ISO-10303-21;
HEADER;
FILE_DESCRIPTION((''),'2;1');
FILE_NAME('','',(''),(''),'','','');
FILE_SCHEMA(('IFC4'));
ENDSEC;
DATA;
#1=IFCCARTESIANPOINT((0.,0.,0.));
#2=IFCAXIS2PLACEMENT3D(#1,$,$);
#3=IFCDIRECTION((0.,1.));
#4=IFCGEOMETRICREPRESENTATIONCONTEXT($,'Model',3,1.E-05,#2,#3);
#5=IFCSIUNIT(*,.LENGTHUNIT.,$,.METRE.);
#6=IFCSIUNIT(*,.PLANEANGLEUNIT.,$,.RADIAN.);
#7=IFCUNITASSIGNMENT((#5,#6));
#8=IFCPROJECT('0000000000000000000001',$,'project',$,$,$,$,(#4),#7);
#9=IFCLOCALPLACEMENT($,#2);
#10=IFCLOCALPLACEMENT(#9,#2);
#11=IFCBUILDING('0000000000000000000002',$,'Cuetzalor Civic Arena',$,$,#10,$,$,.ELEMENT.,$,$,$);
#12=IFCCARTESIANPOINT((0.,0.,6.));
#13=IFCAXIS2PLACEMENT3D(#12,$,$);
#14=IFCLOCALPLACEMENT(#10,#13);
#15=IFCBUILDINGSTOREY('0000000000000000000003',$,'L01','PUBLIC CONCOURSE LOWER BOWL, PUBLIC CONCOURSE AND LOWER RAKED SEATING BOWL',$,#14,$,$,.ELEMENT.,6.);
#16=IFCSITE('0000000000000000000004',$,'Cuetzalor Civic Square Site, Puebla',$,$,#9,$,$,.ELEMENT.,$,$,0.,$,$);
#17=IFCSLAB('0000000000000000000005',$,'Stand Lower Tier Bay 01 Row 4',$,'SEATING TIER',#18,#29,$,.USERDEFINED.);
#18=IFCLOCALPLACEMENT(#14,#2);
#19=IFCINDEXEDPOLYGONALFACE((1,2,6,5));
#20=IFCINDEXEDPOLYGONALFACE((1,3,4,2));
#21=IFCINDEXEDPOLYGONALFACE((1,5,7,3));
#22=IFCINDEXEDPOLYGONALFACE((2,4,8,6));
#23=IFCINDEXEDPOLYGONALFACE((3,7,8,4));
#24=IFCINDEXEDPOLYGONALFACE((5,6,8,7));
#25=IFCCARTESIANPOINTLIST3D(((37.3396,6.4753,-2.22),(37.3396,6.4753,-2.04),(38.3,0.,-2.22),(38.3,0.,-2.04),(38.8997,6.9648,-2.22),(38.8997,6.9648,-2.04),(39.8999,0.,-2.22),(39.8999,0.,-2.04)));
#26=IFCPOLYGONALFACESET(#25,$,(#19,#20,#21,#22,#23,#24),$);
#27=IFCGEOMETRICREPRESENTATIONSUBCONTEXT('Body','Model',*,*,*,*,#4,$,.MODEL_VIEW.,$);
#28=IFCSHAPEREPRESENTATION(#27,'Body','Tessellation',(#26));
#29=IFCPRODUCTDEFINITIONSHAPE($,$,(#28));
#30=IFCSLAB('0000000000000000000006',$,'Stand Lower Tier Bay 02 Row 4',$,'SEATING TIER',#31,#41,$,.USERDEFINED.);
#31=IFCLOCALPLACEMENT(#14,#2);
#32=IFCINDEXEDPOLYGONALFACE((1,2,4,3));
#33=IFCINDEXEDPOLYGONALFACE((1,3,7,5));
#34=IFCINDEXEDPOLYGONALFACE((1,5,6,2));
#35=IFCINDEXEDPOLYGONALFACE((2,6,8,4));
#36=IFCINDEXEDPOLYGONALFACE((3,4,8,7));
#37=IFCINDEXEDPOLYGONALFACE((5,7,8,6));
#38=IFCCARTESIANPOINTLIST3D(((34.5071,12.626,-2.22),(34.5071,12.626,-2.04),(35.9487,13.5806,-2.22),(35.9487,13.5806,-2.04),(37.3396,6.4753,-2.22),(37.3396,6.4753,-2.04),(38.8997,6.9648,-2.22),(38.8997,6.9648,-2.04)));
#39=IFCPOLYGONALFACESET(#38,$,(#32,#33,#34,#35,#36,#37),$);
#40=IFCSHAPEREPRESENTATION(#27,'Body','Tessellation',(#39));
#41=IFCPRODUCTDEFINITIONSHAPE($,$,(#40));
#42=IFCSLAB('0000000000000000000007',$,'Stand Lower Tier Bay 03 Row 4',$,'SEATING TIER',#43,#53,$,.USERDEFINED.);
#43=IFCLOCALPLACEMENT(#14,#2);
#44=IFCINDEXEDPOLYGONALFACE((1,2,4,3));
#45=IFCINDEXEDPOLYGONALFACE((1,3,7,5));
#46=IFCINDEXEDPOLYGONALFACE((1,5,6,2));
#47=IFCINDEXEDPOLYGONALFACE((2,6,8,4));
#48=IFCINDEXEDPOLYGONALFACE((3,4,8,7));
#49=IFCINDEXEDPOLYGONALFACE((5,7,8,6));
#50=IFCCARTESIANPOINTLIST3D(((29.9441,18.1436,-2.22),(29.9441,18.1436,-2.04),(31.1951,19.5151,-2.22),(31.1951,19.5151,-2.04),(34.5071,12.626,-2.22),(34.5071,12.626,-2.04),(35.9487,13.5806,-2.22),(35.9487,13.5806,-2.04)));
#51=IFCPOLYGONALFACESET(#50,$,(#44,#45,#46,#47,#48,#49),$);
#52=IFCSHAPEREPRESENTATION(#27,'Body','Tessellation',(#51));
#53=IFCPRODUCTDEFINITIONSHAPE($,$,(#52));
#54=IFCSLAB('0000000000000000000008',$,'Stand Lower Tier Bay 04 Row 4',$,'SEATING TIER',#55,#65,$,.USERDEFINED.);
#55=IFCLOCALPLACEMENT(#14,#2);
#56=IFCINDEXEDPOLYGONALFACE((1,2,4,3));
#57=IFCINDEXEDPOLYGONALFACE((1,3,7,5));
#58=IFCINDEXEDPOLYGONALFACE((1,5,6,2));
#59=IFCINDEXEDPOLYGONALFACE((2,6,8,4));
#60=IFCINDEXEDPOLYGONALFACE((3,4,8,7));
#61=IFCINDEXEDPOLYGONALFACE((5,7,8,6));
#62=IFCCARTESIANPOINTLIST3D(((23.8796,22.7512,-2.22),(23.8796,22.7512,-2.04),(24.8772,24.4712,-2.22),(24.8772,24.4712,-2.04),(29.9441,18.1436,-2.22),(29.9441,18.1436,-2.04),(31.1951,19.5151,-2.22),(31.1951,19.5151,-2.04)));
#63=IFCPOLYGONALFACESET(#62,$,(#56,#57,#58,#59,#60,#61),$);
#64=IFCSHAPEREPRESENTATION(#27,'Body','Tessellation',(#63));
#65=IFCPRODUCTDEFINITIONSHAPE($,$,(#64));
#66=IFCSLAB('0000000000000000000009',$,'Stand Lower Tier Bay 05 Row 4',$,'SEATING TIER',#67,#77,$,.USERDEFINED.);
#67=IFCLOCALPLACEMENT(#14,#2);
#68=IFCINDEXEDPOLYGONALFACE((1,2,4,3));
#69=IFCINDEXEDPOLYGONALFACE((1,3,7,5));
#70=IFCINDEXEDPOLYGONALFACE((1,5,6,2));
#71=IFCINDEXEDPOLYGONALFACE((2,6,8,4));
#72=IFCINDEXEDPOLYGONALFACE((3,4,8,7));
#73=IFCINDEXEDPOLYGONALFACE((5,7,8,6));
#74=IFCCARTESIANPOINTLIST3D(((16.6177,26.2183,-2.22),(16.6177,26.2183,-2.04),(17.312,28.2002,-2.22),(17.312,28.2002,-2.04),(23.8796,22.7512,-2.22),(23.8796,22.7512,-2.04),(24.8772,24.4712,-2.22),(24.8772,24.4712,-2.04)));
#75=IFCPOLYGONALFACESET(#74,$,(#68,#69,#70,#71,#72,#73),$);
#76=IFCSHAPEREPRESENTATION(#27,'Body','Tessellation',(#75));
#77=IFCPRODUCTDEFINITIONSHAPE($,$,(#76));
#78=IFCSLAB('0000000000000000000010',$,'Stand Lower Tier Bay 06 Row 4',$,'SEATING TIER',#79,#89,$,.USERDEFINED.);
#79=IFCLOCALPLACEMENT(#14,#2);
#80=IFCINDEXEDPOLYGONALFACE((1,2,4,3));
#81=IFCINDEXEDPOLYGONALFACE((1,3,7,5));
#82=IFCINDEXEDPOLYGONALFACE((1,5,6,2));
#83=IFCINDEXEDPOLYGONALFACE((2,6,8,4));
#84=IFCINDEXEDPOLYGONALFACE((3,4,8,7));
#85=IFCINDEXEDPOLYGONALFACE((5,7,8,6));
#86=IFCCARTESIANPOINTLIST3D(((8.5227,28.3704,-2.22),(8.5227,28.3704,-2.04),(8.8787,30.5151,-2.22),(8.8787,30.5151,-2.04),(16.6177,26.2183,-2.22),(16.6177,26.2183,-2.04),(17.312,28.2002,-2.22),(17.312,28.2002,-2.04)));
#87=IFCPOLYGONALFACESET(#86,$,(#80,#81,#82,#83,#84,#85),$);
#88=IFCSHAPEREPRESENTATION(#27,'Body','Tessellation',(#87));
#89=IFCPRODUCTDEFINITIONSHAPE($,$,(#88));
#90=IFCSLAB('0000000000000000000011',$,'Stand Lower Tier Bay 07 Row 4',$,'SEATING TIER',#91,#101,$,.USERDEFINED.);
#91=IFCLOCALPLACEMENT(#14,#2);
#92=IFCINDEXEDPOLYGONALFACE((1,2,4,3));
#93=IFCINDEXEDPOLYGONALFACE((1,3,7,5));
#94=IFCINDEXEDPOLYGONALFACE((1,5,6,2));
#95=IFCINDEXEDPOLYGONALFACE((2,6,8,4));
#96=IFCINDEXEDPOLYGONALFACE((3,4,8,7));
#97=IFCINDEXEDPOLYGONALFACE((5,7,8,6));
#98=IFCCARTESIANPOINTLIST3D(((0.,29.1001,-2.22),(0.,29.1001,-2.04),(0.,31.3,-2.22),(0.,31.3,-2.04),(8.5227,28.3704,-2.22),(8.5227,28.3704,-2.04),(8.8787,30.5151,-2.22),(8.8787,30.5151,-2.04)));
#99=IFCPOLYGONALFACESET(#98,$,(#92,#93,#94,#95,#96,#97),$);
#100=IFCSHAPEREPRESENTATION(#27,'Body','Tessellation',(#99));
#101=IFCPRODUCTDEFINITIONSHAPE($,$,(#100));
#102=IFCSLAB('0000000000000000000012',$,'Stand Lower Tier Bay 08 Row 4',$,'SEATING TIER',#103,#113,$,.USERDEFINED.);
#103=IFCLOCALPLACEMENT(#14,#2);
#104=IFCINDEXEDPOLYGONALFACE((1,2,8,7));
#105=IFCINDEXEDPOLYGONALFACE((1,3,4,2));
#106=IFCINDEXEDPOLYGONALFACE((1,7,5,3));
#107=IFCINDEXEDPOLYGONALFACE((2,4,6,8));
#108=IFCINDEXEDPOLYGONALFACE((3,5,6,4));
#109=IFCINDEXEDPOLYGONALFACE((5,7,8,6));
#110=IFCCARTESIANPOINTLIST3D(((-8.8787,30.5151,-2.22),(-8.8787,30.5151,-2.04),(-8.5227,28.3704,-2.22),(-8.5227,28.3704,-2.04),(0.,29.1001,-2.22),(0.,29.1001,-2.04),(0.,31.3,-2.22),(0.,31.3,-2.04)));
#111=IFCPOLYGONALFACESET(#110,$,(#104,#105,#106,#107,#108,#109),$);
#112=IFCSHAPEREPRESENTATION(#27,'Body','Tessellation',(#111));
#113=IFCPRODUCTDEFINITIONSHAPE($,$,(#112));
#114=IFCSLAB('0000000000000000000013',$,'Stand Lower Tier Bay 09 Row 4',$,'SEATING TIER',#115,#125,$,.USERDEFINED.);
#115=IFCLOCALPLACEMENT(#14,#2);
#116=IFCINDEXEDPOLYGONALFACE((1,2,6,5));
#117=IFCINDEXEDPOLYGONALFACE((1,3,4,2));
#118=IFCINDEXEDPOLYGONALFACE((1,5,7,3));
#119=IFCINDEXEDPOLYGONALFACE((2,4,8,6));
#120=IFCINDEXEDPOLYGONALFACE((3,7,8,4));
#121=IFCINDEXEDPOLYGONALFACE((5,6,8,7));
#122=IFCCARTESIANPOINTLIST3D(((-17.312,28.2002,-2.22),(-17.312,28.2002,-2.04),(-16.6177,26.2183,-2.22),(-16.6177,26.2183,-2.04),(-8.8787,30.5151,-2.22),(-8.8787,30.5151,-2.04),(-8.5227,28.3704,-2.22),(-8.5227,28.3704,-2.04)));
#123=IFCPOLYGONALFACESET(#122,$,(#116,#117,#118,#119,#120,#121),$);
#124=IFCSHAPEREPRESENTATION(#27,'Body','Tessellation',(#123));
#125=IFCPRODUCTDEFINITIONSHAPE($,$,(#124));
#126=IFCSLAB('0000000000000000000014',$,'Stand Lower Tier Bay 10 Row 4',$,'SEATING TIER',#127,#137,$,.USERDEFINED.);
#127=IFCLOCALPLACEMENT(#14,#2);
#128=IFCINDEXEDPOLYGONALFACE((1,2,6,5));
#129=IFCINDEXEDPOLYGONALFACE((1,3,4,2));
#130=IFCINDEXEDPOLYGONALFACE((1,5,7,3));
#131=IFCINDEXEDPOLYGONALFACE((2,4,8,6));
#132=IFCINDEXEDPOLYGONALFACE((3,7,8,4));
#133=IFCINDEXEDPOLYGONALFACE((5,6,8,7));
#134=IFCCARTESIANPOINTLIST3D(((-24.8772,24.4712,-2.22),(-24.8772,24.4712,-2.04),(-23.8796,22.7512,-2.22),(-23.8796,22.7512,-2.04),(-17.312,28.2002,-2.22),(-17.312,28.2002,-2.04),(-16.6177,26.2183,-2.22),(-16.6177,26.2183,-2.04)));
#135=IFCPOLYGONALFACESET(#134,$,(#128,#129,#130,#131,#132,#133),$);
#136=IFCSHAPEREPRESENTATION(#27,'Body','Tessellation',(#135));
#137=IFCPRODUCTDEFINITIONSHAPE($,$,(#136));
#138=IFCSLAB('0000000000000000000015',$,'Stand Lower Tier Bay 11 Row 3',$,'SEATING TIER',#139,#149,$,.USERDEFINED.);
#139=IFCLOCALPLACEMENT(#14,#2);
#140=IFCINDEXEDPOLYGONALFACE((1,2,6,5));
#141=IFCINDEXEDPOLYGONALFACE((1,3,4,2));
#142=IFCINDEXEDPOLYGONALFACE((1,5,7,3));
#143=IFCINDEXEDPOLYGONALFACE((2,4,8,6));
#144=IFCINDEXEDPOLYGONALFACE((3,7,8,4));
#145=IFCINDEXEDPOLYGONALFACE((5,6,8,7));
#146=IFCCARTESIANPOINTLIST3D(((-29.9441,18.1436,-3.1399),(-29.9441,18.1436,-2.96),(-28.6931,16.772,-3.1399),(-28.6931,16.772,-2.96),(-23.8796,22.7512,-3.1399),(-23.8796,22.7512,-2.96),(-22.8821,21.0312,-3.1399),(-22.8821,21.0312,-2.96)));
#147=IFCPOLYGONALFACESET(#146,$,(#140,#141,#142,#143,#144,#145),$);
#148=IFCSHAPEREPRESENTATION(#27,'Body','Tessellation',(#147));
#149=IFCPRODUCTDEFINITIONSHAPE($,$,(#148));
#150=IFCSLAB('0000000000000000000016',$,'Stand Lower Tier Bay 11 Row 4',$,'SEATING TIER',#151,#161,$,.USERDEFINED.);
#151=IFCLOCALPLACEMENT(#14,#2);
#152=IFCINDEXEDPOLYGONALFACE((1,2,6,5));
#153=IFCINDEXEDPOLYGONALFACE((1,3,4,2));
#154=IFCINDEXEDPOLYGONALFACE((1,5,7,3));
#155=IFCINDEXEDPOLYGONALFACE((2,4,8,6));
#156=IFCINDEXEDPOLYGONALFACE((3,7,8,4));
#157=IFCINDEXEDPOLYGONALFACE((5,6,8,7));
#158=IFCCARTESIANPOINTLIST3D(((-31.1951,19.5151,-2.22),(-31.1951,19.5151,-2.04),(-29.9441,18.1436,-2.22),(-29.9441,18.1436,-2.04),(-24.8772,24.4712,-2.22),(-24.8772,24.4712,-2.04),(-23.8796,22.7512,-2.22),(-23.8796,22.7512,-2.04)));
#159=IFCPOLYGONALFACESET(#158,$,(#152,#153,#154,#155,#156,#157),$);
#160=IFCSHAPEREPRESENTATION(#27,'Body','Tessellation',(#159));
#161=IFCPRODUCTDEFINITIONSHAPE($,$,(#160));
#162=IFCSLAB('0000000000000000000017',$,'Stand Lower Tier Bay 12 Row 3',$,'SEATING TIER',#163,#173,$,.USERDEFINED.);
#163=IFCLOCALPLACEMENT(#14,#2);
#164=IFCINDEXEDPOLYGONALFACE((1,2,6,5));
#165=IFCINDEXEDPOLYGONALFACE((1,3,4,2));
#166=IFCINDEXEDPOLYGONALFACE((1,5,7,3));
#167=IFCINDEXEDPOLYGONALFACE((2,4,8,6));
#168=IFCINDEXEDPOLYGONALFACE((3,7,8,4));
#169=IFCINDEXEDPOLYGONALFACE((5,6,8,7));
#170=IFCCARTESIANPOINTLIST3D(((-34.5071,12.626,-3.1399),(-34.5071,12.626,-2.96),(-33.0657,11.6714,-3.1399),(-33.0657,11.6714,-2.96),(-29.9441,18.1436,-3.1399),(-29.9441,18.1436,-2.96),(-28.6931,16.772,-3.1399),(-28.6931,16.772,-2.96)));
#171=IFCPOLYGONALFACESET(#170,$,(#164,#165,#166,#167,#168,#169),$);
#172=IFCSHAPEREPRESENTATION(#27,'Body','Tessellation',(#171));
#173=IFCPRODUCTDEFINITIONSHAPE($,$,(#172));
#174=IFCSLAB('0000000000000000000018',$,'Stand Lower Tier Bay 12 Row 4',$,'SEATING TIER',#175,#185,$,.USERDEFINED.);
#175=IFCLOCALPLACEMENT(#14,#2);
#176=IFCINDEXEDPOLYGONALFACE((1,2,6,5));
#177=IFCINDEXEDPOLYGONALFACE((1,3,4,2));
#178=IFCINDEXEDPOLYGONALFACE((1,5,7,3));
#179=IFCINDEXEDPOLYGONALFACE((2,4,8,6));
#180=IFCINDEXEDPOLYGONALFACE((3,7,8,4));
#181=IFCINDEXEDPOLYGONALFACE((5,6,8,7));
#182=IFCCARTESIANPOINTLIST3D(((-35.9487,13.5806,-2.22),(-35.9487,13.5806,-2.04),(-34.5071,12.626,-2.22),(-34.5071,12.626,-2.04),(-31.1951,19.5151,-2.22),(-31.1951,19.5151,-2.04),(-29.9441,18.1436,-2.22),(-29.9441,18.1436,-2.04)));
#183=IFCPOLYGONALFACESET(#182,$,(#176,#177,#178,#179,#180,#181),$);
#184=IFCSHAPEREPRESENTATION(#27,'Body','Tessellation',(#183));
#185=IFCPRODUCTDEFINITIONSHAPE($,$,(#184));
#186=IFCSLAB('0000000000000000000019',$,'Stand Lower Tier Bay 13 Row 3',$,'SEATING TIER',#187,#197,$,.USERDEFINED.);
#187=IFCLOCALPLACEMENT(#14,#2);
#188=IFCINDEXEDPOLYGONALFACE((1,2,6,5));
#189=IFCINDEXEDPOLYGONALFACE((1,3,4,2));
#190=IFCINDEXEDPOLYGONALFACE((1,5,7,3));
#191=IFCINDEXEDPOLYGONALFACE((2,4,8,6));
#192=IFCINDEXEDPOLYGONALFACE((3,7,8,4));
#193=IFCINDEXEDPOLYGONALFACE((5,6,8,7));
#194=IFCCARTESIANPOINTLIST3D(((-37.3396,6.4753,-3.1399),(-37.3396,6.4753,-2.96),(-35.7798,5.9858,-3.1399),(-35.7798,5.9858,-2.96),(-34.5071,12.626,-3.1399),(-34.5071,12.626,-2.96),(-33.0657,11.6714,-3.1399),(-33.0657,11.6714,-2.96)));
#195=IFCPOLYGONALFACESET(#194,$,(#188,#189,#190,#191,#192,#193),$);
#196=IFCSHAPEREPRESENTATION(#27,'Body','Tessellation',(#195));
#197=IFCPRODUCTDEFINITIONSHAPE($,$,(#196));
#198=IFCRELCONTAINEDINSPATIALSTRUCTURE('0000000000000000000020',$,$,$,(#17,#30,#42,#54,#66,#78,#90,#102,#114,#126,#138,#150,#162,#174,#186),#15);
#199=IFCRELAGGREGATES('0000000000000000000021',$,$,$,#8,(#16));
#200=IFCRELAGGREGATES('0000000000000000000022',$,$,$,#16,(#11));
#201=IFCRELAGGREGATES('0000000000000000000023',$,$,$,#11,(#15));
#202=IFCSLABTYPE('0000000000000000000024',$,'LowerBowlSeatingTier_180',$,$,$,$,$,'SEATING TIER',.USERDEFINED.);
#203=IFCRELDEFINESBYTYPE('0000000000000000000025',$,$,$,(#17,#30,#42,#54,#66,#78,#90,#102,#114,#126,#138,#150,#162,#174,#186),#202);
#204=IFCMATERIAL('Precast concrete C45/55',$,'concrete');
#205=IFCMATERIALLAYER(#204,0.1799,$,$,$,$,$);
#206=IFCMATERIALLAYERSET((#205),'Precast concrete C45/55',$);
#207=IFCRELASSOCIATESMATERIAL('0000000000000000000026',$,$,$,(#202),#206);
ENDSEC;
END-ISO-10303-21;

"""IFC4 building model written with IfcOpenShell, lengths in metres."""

from ifc_helpers import new_model, si_unit, direction, frame, origin, place, context, subcontext, project, spatial, polyline, outline, extrude, material, layer, layer_set, type_object, element, save


model = new_model("IFC4")

# Units and contexts
model_context = context("Model", 3, precision=1e-05, world=origin(), true_north=direction((0.0, 1.0)))
body_context = subcontext(model_context, "Body", "Model", "MODEL_VIEW")
ifc_project = project(units=[si_unit("LENGTHUNIT", "METRE"), si_unit("PLANEANGLEUNIT", "RADIAN")], contexts=[model_context])

# Site, building, storey
site_placement = place(None, origin())
site = spatial("IfcSite", under=ifc_project, at=site_placement, Name="Cuetzalor Civic Square Site, Puebla", CompositionType="ELEMENT", RefElevation=0.0)
building_placement = place(site_placement, origin())
building = spatial("IfcBuilding", under=site, at=building_placement, Name="Cuetzalor Civic Arena", CompositionType="ELEMENT")
storey_placement = place(building_placement, frame((0.0, 0.0, 6.0)))
storey = spatial("IfcBuildingStorey", under=building, at=storey_placement, Name="L01", Description="PUBLIC CONCOURSE LOWER BOWL, PUBLIC CONCOURSE AND LOWER RAKED SEATING BOWL", CompositionType="ELEMENT", Elevation=6.0)

# Slabs
ifc_material = material(Name="Precast concrete C45/55", Category="concrete")
ifc_layer = layer(ifc_material, 0.1799)
ifc_layer_set = layer_set([ifc_layer], Name="Precast concrete C45/55")
slab_type = type_object("IfcSlabType", Name="LowerBowlSeatingTier_180", ElementType="SEATING TIER", PredefinedType="USERDEFINED", material=ifc_layer_set)
slab_1_placement = place(storey_placement, frame((0.0, 0.0, -2.22)))
element("IfcSlab", 1, at=slab_1_placement, inside=storey, type_object=slab_type, Name="Stand Lower Tier Bay 01 Row 4", ObjectType="SEATING TIER", PredefinedType="USERDEFINED", context=body_context, shape_type="SweptSolid", body=[
    extrude(outline(polyline([(38.3, 0.0), (37.3396, 6.4753), (38.8997, 6.9648), (39.8999, 0.0), (38.3, 0.0)])), origin(), (0.0, 0.0, 1.0), 0.1799),
])
slab_2_placement = place(storey_placement, frame((0.0, 0.0, -2.22)))
element("IfcSlab", 2, at=slab_2_placement, inside=storey, type_object=slab_type, Name="Stand Lower Tier Bay 02 Row 4", ObjectType="SEATING TIER", PredefinedType="USERDEFINED", context=body_context, shape_type="SweptSolid", body=[
    extrude(outline(polyline([(37.3396, 6.4753), (34.5071, 12.626), (35.9487, 13.5806), (38.8997, 6.9648), (37.3396, 6.4753)])), origin(), (0.0, 0.0, 1.0), 0.1799),
])
slab_3_placement = place(storey_placement, frame((0.0, 0.0, -2.22)))
element("IfcSlab", 3, at=slab_3_placement, inside=storey, type_object=slab_type, Name="Stand Lower Tier Bay 03 Row 4", ObjectType="SEATING TIER", PredefinedType="USERDEFINED", context=body_context, shape_type="SweptSolid", body=[
    extrude(outline(polyline([(34.5071, 12.626), (29.9441, 18.1436), (31.1951, 19.5151), (35.9487, 13.5806), (34.5071, 12.626)])), origin(), (0.0, 0.0, 1.0), 0.1799),
])
slab_4_placement = place(storey_placement, frame((0.0, 0.0, -2.22)))
element("IfcSlab", 4, at=slab_4_placement, inside=storey, type_object=slab_type, Name="Stand Lower Tier Bay 04 Row 4", ObjectType="SEATING TIER", PredefinedType="USERDEFINED", context=body_context, shape_type="SweptSolid", body=[
    extrude(outline(polyline([(29.9441, 18.1436), (23.8796, 22.7512), (24.8772, 24.4712), (31.1951, 19.5151), (29.9441, 18.1436)])), origin(), (0.0, 0.0, 1.0), 0.1799),
])
slab_5_placement = place(storey_placement, frame((0.0, 0.0, -2.22)))
element("IfcSlab", 5, at=slab_5_placement, inside=storey, type_object=slab_type, Name="Stand Lower Tier Bay 05 Row 4", ObjectType="SEATING TIER", PredefinedType="USERDEFINED", context=body_context, shape_type="SweptSolid", body=[
    extrude(outline(polyline([(23.8796, 22.7512), (16.6177, 26.2183), (17.312, 28.2002), (24.8772, 24.4712), (23.8796, 22.7512)])), origin(), (0.0, 0.0, 1.0), 0.1799),
])
slab_6_placement = place(storey_placement, frame((0.0, 0.0, -2.22)))
element("IfcSlab", 6, at=slab_6_placement, inside=storey, type_object=slab_type, Name="Stand Lower Tier Bay 06 Row 4", ObjectType="SEATING TIER", PredefinedType="USERDEFINED", context=body_context, shape_type="SweptSolid", body=[
    extrude(outline(polyline([(16.6177, 26.2183), (8.5227, 28.3704), (8.8787, 30.5151), (17.312, 28.2002), (16.6177, 26.2183)])), origin(), (0.0, 0.0, 1.0), 0.1799),
])
slab_7_placement = place(storey_placement, frame((0.0, 0.0, -2.22)))
element("IfcSlab", 7, at=slab_7_placement, inside=storey, type_object=slab_type, Name="Stand Lower Tier Bay 07 Row 4", ObjectType="SEATING TIER", PredefinedType="USERDEFINED", context=body_context, shape_type="SweptSolid", body=[
    extrude(outline(polyline([(8.5227, 28.3704), (0.0, 29.1001), (0.0, 31.3), (8.8787, 30.5151), (8.5227, 28.3704)])), origin(), (0.0, 0.0, 1.0), 0.1799),
])
slab_8_placement = place(storey_placement, frame((0.0, 0.0, -2.22)))
element("IfcSlab", 8, at=slab_8_placement, inside=storey, type_object=slab_type, Name="Stand Lower Tier Bay 08 Row 4", ObjectType="SEATING TIER", PredefinedType="USERDEFINED", context=body_context, shape_type="SweptSolid", body=[
    extrude(outline(polyline([(0.0, 29.1001), (-8.5227, 28.3704), (-8.8787, 30.5151), (0.0, 31.3), (0.0, 29.1001)])), origin(), (0.0, 0.0, 1.0), 0.1799),
])
slab_9_placement = place(storey_placement, frame((0.0, 0.0, -2.22)))
element("IfcSlab", 9, at=slab_9_placement, inside=storey, type_object=slab_type, Name="Stand Lower Tier Bay 09 Row 4", ObjectType="SEATING TIER", PredefinedType="USERDEFINED", context=body_context, shape_type="SweptSolid", body=[
    extrude(outline(polyline([(-8.5227, 28.3704), (-16.6177, 26.2183), (-17.312, 28.2002), (-8.8787, 30.5151), (-8.5227, 28.3704)])), origin(), (0.0, 0.0, 1.0), 0.1799),
])
slab_10_placement = place(storey_placement, frame((0.0, 0.0, -2.22)))
element("IfcSlab", 10, at=slab_10_placement, inside=storey, type_object=slab_type, Name="Stand Lower Tier Bay 10 Row 4", ObjectType="SEATING TIER", PredefinedType="USERDEFINED", context=body_context, shape_type="SweptSolid", body=[
    extrude(outline(polyline([(-16.6177, 26.2183), (-23.8796, 22.7512), (-24.8772, 24.4712), (-17.312, 28.2002), (-16.6177, 26.2183)])), origin(), (0.0, 0.0, 1.0), 0.1799),
])
slab_11_placement = place(storey_placement, frame((0.0, 0.0, -3.1399)))
element("IfcSlab", 11, at=slab_11_placement, inside=storey, type_object=slab_type, Name="Stand Lower Tier Bay 11 Row 3", ObjectType="SEATING TIER", PredefinedType="USERDEFINED", context=body_context, shape_type="SweptSolid", body=[
    extrude(outline(polyline([(-22.8821, 21.0312), (-28.6931, 16.772), (-29.9441, 18.1436), (-23.8796, 22.7512), (-22.8821, 21.0312)])), origin(), (0.0, 0.0, 1.0), 0.1799),
])
slab_12_placement = place(storey_placement, frame((0.0, 0.0, -2.22)))
element("IfcSlab", 12, at=slab_12_placement, inside=storey, type_object=slab_type, Name="Stand Lower Tier Bay 11 Row 4", ObjectType="SEATING TIER", PredefinedType="USERDEFINED", context=body_context, shape_type="SweptSolid", body=[
    extrude(outline(polyline([(-23.8796, 22.7512), (-29.9441, 18.1436), (-31.1951, 19.5151), (-24.8772, 24.4712), (-23.8796, 22.7512)])), origin(), (0.0, 0.0, 1.0), 0.1799),
])
slab_13_placement = place(storey_placement, frame((0.0, 0.0, -3.1399)))
element("IfcSlab", 13, at=slab_13_placement, inside=storey, type_object=slab_type, Name="Stand Lower Tier Bay 12 Row 3", ObjectType="SEATING TIER", PredefinedType="USERDEFINED", context=body_context, shape_type="SweptSolid", body=[
    extrude(outline(polyline([(-28.6931, 16.772), (-33.0657, 11.6714), (-34.5071, 12.626), (-29.9441, 18.1436), (-28.6931, 16.772)])), origin(), (0.0, 0.0, 1.0), 0.1799),
])
slab_14_placement = place(storey_placement, frame((0.0, 0.0, -2.22)))
element("IfcSlab", 14, at=slab_14_placement, inside=storey, type_object=slab_type, Name="Stand Lower Tier Bay 12 Row 4", ObjectType="SEATING TIER", PredefinedType="USERDEFINED", context=body_context, shape_type="SweptSolid", body=[
    extrude(outline(polyline([(-29.9441, 18.1436), (-34.5071, 12.626), (-35.9487, 13.5806), (-31.1951, 19.5151), (-29.9441, 18.1436)])), origin(), (0.0, 0.0, 1.0), 0.1799),
])
slab_15_placement = place(storey_placement, frame((0.0, 0.0, -3.1399)))
element("IfcSlab", 15, at=slab_15_placement, inside=storey, type_object=slab_type, Name="Stand Lower Tier Bay 13 Row 3", ObjectType="SEATING TIER", PredefinedType="USERDEFINED", context=body_context, shape_type="SweptSolid", body=[
    extrude(outline(polyline([(-33.0657, 11.6714), (-35.7798, 5.9858), (-37.3396, 6.4753), (-34.5071, 12.626), (-33.0657, 11.6714)])), origin(), (0.0, 0.0, 1.0), 0.1799),
])

save(model, "model.ifc")
